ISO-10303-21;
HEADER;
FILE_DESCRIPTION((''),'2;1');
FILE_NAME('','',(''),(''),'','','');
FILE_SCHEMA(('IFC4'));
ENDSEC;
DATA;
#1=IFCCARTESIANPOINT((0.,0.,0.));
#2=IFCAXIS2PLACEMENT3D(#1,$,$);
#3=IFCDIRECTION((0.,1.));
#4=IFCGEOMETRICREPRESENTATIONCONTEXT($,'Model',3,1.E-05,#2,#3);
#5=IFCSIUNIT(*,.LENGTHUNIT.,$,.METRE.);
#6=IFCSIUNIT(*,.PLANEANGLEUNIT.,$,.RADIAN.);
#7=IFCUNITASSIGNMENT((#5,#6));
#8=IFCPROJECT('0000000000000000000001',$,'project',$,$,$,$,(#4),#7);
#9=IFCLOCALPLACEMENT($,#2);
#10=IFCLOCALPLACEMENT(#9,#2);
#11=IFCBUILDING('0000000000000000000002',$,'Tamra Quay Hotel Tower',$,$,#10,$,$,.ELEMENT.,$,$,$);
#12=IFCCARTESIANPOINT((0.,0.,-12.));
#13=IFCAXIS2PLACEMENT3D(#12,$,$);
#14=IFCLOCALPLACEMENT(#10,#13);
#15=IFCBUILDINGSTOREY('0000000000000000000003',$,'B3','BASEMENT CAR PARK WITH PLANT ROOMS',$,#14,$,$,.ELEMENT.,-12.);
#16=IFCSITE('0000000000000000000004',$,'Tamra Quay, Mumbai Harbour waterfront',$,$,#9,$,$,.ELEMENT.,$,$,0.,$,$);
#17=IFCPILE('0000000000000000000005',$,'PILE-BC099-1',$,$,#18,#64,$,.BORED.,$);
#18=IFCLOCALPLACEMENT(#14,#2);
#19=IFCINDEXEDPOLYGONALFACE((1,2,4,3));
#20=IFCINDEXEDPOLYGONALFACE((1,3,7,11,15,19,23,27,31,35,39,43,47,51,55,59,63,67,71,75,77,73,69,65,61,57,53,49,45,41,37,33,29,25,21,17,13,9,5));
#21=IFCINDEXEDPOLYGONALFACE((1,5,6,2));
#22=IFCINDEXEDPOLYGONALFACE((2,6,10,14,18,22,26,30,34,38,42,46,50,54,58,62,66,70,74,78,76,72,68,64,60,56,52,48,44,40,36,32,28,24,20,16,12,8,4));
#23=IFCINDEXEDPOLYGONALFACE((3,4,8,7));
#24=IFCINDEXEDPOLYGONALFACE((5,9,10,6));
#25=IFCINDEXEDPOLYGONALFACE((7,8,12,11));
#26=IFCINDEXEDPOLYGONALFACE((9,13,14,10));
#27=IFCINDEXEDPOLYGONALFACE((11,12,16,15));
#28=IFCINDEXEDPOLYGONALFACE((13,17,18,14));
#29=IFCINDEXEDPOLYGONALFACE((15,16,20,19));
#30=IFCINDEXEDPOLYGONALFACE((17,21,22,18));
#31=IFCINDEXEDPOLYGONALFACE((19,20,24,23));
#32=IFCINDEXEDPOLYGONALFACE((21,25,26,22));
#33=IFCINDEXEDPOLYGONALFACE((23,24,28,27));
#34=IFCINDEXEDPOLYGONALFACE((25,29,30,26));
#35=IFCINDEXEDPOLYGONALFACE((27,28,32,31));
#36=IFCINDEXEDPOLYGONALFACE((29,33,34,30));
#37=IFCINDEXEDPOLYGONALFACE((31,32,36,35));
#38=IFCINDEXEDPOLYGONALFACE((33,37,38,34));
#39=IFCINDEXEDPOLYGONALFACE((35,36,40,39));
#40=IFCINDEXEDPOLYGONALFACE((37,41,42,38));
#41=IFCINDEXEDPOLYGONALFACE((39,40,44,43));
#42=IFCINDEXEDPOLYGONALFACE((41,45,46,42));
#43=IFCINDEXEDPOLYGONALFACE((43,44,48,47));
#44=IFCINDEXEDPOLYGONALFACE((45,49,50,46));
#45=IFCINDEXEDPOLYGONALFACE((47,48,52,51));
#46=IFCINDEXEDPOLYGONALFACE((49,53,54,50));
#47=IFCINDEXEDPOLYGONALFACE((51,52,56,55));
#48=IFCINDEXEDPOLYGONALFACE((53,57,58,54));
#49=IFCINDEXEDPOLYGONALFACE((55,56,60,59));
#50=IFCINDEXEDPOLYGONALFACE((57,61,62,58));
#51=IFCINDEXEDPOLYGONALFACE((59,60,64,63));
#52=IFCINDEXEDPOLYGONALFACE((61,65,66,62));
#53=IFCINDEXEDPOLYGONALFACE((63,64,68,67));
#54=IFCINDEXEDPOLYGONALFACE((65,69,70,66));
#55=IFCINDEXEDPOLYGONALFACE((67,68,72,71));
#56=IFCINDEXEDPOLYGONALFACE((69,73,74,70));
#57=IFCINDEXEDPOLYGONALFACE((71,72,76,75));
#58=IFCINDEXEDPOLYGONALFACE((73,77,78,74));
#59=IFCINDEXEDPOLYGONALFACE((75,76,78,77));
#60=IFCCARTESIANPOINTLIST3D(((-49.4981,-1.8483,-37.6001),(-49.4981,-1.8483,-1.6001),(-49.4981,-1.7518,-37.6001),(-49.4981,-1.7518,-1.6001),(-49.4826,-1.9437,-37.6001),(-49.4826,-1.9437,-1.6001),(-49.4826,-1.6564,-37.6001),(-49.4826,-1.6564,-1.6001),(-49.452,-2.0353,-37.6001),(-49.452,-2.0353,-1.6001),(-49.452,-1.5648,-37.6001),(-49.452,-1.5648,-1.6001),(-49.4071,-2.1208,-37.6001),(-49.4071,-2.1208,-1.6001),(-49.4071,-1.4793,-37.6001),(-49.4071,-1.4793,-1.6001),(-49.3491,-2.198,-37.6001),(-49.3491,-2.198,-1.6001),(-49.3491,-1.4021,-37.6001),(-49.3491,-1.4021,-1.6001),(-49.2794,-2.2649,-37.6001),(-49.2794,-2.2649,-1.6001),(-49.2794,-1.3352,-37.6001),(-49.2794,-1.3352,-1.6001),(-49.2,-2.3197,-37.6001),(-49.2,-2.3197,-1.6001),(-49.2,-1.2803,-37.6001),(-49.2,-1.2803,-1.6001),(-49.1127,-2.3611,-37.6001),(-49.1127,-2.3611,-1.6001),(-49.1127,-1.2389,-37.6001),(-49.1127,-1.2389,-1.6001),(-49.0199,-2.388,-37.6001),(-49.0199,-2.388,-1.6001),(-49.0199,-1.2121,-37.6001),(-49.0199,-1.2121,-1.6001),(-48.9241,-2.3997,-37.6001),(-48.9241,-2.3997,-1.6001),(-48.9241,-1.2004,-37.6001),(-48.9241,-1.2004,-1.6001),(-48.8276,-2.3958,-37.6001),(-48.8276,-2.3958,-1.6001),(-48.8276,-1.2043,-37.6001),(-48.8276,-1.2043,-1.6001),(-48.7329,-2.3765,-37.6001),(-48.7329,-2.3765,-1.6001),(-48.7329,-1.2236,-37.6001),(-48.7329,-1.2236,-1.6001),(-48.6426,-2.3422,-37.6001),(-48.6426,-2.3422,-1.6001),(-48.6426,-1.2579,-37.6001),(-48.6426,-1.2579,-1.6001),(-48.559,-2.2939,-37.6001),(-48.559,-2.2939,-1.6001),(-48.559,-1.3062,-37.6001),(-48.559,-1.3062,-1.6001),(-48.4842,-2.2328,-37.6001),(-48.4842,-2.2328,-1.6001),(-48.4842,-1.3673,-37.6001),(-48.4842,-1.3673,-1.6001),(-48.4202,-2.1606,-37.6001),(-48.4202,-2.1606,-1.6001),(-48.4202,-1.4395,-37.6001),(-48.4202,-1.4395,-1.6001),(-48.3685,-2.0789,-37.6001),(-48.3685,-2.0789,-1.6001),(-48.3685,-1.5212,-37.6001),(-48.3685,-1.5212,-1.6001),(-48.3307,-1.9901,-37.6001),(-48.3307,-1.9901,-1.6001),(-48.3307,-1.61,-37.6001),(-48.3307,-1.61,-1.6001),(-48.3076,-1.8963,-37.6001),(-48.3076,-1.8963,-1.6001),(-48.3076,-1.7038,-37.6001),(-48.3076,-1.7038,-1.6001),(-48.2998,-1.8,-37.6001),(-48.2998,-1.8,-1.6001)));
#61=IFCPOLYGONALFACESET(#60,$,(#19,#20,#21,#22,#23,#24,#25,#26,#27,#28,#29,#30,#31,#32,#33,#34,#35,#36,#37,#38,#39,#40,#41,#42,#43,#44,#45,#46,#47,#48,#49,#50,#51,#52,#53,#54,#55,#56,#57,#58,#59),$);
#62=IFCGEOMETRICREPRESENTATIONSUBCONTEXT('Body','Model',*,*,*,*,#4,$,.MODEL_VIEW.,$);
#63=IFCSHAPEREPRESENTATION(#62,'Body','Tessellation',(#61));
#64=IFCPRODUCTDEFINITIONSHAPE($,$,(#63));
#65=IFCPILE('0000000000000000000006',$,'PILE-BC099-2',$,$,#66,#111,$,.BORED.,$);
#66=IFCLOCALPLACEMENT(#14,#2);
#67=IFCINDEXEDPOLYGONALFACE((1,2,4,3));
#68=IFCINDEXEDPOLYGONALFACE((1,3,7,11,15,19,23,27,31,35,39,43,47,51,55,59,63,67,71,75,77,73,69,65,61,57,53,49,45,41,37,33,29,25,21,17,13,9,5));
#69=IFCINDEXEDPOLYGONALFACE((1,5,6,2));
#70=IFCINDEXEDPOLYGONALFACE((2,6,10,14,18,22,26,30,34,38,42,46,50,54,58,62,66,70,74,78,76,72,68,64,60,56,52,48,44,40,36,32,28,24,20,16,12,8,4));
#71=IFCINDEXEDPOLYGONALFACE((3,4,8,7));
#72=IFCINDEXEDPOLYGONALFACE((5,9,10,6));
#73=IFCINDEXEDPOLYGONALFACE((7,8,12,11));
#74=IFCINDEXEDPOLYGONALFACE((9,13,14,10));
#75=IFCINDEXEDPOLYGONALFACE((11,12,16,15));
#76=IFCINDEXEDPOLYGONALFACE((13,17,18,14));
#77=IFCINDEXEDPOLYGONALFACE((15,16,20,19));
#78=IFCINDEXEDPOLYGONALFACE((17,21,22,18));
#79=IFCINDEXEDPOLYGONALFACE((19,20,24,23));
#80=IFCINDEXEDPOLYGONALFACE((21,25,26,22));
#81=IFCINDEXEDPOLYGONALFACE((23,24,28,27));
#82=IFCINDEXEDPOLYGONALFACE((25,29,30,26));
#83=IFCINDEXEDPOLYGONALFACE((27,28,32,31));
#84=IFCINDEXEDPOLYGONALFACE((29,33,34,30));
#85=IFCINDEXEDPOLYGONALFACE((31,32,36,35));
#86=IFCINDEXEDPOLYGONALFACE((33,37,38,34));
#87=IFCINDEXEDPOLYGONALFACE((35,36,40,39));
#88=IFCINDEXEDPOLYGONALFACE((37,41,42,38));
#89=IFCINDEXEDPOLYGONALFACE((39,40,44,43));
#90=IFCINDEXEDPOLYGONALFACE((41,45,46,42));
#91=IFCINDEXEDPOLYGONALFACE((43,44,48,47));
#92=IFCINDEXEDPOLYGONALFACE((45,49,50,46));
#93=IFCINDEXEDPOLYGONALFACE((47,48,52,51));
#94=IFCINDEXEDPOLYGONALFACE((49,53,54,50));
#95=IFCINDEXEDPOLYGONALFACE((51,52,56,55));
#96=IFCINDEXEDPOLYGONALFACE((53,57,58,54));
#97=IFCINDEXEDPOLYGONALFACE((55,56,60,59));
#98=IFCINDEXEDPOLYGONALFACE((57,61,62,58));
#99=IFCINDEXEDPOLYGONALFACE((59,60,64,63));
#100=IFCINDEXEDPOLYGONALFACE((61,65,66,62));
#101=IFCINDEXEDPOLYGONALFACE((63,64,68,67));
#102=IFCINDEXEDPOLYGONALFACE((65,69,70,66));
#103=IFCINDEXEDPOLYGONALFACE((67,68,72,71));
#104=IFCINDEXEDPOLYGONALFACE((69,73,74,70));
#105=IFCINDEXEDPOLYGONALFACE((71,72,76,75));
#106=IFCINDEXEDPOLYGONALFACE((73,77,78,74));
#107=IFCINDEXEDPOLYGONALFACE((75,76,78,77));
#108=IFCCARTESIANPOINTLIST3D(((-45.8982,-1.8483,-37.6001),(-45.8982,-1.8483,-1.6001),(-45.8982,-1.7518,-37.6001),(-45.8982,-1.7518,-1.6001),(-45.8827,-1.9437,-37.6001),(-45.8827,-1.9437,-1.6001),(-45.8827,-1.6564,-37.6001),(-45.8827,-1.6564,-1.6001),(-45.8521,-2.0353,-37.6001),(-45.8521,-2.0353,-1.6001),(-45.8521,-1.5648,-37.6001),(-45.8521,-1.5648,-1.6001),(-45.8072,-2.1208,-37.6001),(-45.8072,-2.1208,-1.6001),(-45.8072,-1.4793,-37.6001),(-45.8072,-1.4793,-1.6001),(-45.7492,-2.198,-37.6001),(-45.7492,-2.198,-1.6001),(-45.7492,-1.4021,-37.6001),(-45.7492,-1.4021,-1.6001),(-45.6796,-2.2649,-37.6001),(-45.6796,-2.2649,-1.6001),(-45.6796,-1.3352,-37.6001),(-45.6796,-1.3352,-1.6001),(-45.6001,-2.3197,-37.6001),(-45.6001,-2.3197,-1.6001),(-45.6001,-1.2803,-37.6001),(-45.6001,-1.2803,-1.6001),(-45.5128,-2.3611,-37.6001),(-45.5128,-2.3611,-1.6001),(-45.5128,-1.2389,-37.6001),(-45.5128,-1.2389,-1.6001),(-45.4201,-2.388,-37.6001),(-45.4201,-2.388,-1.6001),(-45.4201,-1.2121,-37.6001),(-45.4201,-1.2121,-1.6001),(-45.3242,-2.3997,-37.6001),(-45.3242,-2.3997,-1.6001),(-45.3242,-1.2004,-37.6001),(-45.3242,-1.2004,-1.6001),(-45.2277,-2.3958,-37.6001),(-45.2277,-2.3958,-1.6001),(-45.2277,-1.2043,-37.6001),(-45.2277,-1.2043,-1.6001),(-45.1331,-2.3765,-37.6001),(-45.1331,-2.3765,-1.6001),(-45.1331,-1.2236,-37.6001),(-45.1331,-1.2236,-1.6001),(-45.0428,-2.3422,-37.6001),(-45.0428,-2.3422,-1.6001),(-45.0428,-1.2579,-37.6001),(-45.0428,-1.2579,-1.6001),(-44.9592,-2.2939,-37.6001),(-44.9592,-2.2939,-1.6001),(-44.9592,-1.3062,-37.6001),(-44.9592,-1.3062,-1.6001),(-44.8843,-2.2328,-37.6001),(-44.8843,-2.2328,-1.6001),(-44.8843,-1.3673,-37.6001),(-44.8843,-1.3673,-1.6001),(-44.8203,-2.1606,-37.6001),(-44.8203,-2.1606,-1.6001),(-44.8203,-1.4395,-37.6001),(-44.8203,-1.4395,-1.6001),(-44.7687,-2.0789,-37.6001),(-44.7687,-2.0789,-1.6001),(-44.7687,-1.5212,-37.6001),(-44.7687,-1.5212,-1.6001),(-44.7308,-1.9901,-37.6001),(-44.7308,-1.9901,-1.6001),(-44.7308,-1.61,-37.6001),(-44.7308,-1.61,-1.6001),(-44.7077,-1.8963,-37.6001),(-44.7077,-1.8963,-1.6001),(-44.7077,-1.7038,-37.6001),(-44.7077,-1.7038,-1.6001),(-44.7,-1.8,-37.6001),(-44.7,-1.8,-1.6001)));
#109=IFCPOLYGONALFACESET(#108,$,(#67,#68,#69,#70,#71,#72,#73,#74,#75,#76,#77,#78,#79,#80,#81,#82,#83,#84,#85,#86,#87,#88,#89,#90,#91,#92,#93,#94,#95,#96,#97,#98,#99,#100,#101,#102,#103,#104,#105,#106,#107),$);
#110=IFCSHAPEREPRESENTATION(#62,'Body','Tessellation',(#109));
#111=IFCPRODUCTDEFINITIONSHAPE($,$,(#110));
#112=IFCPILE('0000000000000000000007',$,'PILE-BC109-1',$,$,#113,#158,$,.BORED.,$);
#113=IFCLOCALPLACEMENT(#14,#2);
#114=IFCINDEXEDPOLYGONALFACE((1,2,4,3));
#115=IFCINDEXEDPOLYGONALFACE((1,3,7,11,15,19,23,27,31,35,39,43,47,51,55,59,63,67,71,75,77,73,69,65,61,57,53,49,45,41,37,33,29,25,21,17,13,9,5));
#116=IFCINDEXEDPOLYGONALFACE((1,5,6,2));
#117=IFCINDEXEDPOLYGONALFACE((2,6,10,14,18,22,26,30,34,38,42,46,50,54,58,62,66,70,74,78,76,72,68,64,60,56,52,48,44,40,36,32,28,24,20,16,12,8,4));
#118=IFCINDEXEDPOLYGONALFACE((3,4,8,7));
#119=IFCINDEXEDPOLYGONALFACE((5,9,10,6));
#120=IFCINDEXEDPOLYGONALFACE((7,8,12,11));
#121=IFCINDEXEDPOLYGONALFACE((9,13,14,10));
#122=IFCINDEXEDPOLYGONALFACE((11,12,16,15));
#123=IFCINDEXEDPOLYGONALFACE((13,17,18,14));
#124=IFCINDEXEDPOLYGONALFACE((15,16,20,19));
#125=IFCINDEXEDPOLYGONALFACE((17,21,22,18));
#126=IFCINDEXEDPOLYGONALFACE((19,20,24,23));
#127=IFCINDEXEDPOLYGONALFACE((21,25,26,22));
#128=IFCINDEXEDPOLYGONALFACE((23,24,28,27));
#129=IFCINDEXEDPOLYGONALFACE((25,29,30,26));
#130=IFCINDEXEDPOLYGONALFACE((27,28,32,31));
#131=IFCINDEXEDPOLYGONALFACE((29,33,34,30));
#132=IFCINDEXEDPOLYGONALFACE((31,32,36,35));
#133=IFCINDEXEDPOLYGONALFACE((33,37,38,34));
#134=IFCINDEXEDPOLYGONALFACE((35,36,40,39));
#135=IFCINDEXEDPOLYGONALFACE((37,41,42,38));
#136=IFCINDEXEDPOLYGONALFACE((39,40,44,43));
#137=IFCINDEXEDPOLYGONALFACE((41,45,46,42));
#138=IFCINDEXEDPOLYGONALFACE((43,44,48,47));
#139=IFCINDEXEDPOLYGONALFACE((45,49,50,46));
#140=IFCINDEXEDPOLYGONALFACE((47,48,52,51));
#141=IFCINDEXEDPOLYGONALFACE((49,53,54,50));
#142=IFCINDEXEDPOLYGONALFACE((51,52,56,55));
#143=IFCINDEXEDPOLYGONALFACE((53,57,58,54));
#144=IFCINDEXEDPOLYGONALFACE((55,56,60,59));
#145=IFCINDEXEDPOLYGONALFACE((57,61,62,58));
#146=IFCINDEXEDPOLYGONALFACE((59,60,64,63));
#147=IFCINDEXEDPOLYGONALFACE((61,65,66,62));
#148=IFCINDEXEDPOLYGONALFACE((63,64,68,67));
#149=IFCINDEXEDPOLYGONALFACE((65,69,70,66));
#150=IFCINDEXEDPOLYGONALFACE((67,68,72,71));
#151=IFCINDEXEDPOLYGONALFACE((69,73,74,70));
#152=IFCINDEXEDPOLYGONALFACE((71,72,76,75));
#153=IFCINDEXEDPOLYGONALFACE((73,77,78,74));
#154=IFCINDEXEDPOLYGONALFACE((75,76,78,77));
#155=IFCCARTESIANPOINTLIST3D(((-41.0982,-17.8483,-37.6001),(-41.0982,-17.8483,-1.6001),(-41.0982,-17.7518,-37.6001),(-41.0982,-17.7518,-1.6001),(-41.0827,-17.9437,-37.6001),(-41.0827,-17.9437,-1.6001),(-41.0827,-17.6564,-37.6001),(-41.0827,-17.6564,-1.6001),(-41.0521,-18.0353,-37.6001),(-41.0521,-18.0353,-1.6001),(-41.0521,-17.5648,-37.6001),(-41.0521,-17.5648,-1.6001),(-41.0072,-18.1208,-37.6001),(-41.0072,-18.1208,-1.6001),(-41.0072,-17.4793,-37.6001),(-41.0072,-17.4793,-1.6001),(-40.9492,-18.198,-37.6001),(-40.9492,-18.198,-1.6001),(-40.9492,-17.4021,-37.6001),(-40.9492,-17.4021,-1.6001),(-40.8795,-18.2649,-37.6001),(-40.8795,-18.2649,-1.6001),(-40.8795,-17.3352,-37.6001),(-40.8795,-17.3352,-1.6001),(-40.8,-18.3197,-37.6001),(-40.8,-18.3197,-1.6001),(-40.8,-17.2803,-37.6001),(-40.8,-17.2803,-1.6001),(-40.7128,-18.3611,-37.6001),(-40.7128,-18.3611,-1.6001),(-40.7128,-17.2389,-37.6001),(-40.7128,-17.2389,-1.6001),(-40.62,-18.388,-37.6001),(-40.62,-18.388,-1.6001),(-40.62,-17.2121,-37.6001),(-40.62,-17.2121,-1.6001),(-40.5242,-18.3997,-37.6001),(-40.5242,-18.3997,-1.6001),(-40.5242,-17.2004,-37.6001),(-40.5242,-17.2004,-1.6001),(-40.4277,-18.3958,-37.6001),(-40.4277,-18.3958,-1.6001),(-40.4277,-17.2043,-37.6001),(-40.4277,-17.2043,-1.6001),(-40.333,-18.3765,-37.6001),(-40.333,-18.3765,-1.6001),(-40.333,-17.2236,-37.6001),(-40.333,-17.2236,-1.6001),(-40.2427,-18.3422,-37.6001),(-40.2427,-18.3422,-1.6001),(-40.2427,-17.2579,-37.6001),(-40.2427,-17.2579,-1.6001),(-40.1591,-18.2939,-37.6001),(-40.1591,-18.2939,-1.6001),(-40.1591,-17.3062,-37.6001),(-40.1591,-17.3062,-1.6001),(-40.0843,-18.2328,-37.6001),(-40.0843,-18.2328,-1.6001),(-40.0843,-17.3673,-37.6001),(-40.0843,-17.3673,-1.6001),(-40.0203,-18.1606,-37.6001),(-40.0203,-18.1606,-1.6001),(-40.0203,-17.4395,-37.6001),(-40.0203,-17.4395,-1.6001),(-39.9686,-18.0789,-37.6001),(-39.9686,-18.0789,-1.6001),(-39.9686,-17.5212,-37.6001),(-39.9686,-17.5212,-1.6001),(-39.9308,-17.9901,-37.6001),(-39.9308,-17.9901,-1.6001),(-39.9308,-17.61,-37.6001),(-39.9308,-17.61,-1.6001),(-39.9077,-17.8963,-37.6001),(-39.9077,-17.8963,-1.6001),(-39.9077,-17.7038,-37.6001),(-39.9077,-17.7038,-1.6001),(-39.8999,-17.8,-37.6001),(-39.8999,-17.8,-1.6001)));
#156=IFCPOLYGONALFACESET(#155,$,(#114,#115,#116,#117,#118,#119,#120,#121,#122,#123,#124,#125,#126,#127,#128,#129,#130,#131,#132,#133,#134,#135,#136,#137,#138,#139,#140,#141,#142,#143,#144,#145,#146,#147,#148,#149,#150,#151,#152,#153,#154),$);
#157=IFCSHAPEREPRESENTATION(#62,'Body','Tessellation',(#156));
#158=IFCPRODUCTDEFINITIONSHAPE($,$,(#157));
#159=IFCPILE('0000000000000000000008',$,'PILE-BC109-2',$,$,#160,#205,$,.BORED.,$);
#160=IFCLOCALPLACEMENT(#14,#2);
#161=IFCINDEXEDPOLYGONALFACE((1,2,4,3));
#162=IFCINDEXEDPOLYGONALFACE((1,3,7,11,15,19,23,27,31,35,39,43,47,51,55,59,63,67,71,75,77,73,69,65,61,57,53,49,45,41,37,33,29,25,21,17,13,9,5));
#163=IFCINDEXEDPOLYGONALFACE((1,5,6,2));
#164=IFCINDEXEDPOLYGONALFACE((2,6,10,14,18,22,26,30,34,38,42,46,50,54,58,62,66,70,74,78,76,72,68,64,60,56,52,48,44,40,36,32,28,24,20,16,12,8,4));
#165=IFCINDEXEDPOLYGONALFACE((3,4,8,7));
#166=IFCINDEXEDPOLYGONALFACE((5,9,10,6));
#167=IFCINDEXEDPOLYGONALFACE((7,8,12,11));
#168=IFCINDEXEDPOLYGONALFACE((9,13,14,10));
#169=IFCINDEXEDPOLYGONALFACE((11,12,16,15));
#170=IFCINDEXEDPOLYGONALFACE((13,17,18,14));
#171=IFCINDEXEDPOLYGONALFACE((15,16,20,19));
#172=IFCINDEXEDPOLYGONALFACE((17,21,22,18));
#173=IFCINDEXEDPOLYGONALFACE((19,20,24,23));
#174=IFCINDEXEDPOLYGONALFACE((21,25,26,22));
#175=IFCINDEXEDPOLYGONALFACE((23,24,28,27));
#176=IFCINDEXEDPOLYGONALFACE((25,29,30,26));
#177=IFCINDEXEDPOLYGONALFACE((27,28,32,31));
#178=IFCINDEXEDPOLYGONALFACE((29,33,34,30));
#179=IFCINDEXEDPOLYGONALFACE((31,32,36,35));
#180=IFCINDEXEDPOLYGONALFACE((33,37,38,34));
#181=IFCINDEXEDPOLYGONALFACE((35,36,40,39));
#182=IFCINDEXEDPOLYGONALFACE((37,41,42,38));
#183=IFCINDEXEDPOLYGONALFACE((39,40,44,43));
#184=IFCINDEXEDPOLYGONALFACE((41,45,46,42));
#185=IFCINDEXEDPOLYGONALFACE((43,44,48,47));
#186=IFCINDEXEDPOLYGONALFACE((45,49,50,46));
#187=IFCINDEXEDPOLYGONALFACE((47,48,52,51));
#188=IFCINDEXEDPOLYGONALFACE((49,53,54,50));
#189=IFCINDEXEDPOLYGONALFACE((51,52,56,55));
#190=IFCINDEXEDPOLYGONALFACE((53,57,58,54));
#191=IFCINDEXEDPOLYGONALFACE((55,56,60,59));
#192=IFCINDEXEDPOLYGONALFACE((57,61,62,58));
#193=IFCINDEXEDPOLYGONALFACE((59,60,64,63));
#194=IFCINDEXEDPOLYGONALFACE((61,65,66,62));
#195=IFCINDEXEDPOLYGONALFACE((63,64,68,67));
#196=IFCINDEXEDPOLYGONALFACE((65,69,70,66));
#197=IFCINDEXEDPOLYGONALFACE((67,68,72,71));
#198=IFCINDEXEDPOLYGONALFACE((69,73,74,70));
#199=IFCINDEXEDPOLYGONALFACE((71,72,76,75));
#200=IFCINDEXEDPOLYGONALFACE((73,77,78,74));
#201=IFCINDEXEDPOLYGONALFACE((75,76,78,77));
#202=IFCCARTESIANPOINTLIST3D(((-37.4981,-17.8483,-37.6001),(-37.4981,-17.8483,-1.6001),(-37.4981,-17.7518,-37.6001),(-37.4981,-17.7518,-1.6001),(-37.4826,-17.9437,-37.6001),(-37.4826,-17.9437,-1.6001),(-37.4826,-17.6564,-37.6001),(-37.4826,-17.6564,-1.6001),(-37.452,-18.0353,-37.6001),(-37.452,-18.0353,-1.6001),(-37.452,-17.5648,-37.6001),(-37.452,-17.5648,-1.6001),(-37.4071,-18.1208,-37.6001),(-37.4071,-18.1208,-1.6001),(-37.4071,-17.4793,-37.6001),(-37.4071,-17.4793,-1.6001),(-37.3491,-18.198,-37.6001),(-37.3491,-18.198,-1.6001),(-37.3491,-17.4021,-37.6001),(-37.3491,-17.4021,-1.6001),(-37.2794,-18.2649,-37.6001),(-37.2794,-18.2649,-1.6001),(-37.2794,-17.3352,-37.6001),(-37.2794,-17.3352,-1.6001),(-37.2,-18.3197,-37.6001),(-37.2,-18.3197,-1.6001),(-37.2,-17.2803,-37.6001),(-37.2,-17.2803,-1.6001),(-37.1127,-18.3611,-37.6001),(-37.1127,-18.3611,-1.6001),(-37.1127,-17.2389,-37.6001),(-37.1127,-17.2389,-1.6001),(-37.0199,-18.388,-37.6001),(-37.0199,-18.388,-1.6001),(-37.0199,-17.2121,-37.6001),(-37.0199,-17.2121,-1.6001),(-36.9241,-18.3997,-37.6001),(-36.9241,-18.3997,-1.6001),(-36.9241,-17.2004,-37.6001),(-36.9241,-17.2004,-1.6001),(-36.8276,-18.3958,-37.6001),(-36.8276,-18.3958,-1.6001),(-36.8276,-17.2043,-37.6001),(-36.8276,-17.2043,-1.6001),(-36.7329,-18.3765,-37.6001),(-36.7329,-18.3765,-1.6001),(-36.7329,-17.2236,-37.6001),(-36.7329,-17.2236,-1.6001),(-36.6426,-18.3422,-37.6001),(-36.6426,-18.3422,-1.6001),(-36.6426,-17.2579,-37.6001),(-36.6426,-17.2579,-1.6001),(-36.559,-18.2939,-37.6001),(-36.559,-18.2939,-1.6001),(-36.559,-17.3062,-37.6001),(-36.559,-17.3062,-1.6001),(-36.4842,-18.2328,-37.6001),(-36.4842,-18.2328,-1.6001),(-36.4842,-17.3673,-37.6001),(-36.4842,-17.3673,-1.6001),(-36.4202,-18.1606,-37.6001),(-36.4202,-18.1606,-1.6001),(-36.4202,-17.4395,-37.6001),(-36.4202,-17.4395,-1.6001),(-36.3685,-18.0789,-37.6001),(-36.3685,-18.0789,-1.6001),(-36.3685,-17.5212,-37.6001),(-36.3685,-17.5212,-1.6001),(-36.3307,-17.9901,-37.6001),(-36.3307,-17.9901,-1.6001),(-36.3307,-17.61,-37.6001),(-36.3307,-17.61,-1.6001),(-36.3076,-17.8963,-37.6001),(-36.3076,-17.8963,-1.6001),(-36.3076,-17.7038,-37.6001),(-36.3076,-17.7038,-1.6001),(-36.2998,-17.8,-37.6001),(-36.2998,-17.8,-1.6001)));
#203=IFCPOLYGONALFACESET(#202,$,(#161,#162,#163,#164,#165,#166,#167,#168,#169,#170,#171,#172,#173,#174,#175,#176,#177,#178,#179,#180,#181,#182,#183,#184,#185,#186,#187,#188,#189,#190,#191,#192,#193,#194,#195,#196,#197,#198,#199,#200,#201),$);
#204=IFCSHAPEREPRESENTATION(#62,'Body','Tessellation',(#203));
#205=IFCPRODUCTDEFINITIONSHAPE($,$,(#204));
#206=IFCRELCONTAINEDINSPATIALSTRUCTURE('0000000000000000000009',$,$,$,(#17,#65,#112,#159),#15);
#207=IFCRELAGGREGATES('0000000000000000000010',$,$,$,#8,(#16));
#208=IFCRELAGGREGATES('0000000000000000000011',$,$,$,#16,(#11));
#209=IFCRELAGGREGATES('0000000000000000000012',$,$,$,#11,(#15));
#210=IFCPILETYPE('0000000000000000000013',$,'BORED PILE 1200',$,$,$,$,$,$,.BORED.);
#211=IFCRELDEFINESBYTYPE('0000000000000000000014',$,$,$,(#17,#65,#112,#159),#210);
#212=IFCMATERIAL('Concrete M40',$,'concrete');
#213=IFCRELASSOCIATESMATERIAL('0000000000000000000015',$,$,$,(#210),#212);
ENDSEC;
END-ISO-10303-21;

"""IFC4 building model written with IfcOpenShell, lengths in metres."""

from ifc_helpers import new_model, si_unit, direction, frame, origin, origin_2d, place, context, subcontext, project, spatial, circle, extrude, material, material_profile, profile_set, type_object, element, save


model = new_model("IFC4")

# Units and contexts
model_context = context("Model", 3, precision=1e-05, world=origin(), true_north=direction((0.0, 1.0)))
body_context = subcontext(model_context, "Body", "Model", "MODEL_VIEW")
ifc_project = project(units=[si_unit("LENGTHUNIT", "METRE"), si_unit("PLANEANGLEUNIT", "RADIAN")], contexts=[model_context])

# Site, building, storey
site_placement = place(None, origin())
site = spatial("IfcSite", under=ifc_project, at=site_placement, Name="Tamra Quay, Mumbai Harbour waterfront", CompositionType="ELEMENT", RefElevation=0.0)
building_placement = place(site_placement, origin())
building = spatial("IfcBuilding", under=site, at=building_placement, Name="Tamra Quay Hotel Tower", CompositionType="ELEMENT")
storey_placement = place(building_placement, frame((0.0, 0.0, -12.0)))
storey = spatial("IfcBuildingStorey", under=building, at=storey_placement, Name="B3", Description="BASEMENT CAR PARK WITH PLANT ROOMS", CompositionType="ELEMENT", Elevation=-12.0)

# Piles
ifc_material_1 = material(Name="Concrete M40", Category="concrete")
ifc_material_profile_1 = material_profile(ifc_material_1, circle(Radius=0.6001, at=origin_2d()), Name="BORED PILE 1200")
ifc_profile_set_1 = profile_set([ifc_material_profile_1], Name="Concrete M40")
pile_type_1 = type_object("IfcPileType", Name="BORED PILE 1200", PredefinedType="BORED", material=ifc_profile_set_1)
for number, where, z_axis, x_axis, name in (
    (1, (-48.8999, -1.8, -1.6001), (0.0, 0.0, -1.0), (1.0, 0.0, 0.0), "PILE-BC099-1"),
    (2, (-45.3, -1.8, -1.6001), (0.0, 0.0, -1.0), (1.0, 0.0, 0.0), "PILE-BC099-2"),
    (3, (-40.5, -17.8, -1.6001), (0.0, 0.0, -1.0), (1.0, 0.0, 0.0), "PILE-BC109-1"),
    (4, (-36.8999, -17.8, -1.6001), (0.0, 0.0, -1.0), (1.0, 0.0, 0.0), "PILE-BC109-2"),
):
    element("IfcPile", number, at=place(storey_placement, frame(where, z_axis=z_axis, x_axis=x_axis)), inside=storey, type_object=pile_type_1, Name=name, PredefinedType="BORED", context=body_context, shape_type="SweptSolid", body=[
        extrude(circle(Radius=0.6001, at=origin_2d()), origin(), (0.0, 0.0, 1.0), 36.0),
    ])

save(model, "model.ifc")
